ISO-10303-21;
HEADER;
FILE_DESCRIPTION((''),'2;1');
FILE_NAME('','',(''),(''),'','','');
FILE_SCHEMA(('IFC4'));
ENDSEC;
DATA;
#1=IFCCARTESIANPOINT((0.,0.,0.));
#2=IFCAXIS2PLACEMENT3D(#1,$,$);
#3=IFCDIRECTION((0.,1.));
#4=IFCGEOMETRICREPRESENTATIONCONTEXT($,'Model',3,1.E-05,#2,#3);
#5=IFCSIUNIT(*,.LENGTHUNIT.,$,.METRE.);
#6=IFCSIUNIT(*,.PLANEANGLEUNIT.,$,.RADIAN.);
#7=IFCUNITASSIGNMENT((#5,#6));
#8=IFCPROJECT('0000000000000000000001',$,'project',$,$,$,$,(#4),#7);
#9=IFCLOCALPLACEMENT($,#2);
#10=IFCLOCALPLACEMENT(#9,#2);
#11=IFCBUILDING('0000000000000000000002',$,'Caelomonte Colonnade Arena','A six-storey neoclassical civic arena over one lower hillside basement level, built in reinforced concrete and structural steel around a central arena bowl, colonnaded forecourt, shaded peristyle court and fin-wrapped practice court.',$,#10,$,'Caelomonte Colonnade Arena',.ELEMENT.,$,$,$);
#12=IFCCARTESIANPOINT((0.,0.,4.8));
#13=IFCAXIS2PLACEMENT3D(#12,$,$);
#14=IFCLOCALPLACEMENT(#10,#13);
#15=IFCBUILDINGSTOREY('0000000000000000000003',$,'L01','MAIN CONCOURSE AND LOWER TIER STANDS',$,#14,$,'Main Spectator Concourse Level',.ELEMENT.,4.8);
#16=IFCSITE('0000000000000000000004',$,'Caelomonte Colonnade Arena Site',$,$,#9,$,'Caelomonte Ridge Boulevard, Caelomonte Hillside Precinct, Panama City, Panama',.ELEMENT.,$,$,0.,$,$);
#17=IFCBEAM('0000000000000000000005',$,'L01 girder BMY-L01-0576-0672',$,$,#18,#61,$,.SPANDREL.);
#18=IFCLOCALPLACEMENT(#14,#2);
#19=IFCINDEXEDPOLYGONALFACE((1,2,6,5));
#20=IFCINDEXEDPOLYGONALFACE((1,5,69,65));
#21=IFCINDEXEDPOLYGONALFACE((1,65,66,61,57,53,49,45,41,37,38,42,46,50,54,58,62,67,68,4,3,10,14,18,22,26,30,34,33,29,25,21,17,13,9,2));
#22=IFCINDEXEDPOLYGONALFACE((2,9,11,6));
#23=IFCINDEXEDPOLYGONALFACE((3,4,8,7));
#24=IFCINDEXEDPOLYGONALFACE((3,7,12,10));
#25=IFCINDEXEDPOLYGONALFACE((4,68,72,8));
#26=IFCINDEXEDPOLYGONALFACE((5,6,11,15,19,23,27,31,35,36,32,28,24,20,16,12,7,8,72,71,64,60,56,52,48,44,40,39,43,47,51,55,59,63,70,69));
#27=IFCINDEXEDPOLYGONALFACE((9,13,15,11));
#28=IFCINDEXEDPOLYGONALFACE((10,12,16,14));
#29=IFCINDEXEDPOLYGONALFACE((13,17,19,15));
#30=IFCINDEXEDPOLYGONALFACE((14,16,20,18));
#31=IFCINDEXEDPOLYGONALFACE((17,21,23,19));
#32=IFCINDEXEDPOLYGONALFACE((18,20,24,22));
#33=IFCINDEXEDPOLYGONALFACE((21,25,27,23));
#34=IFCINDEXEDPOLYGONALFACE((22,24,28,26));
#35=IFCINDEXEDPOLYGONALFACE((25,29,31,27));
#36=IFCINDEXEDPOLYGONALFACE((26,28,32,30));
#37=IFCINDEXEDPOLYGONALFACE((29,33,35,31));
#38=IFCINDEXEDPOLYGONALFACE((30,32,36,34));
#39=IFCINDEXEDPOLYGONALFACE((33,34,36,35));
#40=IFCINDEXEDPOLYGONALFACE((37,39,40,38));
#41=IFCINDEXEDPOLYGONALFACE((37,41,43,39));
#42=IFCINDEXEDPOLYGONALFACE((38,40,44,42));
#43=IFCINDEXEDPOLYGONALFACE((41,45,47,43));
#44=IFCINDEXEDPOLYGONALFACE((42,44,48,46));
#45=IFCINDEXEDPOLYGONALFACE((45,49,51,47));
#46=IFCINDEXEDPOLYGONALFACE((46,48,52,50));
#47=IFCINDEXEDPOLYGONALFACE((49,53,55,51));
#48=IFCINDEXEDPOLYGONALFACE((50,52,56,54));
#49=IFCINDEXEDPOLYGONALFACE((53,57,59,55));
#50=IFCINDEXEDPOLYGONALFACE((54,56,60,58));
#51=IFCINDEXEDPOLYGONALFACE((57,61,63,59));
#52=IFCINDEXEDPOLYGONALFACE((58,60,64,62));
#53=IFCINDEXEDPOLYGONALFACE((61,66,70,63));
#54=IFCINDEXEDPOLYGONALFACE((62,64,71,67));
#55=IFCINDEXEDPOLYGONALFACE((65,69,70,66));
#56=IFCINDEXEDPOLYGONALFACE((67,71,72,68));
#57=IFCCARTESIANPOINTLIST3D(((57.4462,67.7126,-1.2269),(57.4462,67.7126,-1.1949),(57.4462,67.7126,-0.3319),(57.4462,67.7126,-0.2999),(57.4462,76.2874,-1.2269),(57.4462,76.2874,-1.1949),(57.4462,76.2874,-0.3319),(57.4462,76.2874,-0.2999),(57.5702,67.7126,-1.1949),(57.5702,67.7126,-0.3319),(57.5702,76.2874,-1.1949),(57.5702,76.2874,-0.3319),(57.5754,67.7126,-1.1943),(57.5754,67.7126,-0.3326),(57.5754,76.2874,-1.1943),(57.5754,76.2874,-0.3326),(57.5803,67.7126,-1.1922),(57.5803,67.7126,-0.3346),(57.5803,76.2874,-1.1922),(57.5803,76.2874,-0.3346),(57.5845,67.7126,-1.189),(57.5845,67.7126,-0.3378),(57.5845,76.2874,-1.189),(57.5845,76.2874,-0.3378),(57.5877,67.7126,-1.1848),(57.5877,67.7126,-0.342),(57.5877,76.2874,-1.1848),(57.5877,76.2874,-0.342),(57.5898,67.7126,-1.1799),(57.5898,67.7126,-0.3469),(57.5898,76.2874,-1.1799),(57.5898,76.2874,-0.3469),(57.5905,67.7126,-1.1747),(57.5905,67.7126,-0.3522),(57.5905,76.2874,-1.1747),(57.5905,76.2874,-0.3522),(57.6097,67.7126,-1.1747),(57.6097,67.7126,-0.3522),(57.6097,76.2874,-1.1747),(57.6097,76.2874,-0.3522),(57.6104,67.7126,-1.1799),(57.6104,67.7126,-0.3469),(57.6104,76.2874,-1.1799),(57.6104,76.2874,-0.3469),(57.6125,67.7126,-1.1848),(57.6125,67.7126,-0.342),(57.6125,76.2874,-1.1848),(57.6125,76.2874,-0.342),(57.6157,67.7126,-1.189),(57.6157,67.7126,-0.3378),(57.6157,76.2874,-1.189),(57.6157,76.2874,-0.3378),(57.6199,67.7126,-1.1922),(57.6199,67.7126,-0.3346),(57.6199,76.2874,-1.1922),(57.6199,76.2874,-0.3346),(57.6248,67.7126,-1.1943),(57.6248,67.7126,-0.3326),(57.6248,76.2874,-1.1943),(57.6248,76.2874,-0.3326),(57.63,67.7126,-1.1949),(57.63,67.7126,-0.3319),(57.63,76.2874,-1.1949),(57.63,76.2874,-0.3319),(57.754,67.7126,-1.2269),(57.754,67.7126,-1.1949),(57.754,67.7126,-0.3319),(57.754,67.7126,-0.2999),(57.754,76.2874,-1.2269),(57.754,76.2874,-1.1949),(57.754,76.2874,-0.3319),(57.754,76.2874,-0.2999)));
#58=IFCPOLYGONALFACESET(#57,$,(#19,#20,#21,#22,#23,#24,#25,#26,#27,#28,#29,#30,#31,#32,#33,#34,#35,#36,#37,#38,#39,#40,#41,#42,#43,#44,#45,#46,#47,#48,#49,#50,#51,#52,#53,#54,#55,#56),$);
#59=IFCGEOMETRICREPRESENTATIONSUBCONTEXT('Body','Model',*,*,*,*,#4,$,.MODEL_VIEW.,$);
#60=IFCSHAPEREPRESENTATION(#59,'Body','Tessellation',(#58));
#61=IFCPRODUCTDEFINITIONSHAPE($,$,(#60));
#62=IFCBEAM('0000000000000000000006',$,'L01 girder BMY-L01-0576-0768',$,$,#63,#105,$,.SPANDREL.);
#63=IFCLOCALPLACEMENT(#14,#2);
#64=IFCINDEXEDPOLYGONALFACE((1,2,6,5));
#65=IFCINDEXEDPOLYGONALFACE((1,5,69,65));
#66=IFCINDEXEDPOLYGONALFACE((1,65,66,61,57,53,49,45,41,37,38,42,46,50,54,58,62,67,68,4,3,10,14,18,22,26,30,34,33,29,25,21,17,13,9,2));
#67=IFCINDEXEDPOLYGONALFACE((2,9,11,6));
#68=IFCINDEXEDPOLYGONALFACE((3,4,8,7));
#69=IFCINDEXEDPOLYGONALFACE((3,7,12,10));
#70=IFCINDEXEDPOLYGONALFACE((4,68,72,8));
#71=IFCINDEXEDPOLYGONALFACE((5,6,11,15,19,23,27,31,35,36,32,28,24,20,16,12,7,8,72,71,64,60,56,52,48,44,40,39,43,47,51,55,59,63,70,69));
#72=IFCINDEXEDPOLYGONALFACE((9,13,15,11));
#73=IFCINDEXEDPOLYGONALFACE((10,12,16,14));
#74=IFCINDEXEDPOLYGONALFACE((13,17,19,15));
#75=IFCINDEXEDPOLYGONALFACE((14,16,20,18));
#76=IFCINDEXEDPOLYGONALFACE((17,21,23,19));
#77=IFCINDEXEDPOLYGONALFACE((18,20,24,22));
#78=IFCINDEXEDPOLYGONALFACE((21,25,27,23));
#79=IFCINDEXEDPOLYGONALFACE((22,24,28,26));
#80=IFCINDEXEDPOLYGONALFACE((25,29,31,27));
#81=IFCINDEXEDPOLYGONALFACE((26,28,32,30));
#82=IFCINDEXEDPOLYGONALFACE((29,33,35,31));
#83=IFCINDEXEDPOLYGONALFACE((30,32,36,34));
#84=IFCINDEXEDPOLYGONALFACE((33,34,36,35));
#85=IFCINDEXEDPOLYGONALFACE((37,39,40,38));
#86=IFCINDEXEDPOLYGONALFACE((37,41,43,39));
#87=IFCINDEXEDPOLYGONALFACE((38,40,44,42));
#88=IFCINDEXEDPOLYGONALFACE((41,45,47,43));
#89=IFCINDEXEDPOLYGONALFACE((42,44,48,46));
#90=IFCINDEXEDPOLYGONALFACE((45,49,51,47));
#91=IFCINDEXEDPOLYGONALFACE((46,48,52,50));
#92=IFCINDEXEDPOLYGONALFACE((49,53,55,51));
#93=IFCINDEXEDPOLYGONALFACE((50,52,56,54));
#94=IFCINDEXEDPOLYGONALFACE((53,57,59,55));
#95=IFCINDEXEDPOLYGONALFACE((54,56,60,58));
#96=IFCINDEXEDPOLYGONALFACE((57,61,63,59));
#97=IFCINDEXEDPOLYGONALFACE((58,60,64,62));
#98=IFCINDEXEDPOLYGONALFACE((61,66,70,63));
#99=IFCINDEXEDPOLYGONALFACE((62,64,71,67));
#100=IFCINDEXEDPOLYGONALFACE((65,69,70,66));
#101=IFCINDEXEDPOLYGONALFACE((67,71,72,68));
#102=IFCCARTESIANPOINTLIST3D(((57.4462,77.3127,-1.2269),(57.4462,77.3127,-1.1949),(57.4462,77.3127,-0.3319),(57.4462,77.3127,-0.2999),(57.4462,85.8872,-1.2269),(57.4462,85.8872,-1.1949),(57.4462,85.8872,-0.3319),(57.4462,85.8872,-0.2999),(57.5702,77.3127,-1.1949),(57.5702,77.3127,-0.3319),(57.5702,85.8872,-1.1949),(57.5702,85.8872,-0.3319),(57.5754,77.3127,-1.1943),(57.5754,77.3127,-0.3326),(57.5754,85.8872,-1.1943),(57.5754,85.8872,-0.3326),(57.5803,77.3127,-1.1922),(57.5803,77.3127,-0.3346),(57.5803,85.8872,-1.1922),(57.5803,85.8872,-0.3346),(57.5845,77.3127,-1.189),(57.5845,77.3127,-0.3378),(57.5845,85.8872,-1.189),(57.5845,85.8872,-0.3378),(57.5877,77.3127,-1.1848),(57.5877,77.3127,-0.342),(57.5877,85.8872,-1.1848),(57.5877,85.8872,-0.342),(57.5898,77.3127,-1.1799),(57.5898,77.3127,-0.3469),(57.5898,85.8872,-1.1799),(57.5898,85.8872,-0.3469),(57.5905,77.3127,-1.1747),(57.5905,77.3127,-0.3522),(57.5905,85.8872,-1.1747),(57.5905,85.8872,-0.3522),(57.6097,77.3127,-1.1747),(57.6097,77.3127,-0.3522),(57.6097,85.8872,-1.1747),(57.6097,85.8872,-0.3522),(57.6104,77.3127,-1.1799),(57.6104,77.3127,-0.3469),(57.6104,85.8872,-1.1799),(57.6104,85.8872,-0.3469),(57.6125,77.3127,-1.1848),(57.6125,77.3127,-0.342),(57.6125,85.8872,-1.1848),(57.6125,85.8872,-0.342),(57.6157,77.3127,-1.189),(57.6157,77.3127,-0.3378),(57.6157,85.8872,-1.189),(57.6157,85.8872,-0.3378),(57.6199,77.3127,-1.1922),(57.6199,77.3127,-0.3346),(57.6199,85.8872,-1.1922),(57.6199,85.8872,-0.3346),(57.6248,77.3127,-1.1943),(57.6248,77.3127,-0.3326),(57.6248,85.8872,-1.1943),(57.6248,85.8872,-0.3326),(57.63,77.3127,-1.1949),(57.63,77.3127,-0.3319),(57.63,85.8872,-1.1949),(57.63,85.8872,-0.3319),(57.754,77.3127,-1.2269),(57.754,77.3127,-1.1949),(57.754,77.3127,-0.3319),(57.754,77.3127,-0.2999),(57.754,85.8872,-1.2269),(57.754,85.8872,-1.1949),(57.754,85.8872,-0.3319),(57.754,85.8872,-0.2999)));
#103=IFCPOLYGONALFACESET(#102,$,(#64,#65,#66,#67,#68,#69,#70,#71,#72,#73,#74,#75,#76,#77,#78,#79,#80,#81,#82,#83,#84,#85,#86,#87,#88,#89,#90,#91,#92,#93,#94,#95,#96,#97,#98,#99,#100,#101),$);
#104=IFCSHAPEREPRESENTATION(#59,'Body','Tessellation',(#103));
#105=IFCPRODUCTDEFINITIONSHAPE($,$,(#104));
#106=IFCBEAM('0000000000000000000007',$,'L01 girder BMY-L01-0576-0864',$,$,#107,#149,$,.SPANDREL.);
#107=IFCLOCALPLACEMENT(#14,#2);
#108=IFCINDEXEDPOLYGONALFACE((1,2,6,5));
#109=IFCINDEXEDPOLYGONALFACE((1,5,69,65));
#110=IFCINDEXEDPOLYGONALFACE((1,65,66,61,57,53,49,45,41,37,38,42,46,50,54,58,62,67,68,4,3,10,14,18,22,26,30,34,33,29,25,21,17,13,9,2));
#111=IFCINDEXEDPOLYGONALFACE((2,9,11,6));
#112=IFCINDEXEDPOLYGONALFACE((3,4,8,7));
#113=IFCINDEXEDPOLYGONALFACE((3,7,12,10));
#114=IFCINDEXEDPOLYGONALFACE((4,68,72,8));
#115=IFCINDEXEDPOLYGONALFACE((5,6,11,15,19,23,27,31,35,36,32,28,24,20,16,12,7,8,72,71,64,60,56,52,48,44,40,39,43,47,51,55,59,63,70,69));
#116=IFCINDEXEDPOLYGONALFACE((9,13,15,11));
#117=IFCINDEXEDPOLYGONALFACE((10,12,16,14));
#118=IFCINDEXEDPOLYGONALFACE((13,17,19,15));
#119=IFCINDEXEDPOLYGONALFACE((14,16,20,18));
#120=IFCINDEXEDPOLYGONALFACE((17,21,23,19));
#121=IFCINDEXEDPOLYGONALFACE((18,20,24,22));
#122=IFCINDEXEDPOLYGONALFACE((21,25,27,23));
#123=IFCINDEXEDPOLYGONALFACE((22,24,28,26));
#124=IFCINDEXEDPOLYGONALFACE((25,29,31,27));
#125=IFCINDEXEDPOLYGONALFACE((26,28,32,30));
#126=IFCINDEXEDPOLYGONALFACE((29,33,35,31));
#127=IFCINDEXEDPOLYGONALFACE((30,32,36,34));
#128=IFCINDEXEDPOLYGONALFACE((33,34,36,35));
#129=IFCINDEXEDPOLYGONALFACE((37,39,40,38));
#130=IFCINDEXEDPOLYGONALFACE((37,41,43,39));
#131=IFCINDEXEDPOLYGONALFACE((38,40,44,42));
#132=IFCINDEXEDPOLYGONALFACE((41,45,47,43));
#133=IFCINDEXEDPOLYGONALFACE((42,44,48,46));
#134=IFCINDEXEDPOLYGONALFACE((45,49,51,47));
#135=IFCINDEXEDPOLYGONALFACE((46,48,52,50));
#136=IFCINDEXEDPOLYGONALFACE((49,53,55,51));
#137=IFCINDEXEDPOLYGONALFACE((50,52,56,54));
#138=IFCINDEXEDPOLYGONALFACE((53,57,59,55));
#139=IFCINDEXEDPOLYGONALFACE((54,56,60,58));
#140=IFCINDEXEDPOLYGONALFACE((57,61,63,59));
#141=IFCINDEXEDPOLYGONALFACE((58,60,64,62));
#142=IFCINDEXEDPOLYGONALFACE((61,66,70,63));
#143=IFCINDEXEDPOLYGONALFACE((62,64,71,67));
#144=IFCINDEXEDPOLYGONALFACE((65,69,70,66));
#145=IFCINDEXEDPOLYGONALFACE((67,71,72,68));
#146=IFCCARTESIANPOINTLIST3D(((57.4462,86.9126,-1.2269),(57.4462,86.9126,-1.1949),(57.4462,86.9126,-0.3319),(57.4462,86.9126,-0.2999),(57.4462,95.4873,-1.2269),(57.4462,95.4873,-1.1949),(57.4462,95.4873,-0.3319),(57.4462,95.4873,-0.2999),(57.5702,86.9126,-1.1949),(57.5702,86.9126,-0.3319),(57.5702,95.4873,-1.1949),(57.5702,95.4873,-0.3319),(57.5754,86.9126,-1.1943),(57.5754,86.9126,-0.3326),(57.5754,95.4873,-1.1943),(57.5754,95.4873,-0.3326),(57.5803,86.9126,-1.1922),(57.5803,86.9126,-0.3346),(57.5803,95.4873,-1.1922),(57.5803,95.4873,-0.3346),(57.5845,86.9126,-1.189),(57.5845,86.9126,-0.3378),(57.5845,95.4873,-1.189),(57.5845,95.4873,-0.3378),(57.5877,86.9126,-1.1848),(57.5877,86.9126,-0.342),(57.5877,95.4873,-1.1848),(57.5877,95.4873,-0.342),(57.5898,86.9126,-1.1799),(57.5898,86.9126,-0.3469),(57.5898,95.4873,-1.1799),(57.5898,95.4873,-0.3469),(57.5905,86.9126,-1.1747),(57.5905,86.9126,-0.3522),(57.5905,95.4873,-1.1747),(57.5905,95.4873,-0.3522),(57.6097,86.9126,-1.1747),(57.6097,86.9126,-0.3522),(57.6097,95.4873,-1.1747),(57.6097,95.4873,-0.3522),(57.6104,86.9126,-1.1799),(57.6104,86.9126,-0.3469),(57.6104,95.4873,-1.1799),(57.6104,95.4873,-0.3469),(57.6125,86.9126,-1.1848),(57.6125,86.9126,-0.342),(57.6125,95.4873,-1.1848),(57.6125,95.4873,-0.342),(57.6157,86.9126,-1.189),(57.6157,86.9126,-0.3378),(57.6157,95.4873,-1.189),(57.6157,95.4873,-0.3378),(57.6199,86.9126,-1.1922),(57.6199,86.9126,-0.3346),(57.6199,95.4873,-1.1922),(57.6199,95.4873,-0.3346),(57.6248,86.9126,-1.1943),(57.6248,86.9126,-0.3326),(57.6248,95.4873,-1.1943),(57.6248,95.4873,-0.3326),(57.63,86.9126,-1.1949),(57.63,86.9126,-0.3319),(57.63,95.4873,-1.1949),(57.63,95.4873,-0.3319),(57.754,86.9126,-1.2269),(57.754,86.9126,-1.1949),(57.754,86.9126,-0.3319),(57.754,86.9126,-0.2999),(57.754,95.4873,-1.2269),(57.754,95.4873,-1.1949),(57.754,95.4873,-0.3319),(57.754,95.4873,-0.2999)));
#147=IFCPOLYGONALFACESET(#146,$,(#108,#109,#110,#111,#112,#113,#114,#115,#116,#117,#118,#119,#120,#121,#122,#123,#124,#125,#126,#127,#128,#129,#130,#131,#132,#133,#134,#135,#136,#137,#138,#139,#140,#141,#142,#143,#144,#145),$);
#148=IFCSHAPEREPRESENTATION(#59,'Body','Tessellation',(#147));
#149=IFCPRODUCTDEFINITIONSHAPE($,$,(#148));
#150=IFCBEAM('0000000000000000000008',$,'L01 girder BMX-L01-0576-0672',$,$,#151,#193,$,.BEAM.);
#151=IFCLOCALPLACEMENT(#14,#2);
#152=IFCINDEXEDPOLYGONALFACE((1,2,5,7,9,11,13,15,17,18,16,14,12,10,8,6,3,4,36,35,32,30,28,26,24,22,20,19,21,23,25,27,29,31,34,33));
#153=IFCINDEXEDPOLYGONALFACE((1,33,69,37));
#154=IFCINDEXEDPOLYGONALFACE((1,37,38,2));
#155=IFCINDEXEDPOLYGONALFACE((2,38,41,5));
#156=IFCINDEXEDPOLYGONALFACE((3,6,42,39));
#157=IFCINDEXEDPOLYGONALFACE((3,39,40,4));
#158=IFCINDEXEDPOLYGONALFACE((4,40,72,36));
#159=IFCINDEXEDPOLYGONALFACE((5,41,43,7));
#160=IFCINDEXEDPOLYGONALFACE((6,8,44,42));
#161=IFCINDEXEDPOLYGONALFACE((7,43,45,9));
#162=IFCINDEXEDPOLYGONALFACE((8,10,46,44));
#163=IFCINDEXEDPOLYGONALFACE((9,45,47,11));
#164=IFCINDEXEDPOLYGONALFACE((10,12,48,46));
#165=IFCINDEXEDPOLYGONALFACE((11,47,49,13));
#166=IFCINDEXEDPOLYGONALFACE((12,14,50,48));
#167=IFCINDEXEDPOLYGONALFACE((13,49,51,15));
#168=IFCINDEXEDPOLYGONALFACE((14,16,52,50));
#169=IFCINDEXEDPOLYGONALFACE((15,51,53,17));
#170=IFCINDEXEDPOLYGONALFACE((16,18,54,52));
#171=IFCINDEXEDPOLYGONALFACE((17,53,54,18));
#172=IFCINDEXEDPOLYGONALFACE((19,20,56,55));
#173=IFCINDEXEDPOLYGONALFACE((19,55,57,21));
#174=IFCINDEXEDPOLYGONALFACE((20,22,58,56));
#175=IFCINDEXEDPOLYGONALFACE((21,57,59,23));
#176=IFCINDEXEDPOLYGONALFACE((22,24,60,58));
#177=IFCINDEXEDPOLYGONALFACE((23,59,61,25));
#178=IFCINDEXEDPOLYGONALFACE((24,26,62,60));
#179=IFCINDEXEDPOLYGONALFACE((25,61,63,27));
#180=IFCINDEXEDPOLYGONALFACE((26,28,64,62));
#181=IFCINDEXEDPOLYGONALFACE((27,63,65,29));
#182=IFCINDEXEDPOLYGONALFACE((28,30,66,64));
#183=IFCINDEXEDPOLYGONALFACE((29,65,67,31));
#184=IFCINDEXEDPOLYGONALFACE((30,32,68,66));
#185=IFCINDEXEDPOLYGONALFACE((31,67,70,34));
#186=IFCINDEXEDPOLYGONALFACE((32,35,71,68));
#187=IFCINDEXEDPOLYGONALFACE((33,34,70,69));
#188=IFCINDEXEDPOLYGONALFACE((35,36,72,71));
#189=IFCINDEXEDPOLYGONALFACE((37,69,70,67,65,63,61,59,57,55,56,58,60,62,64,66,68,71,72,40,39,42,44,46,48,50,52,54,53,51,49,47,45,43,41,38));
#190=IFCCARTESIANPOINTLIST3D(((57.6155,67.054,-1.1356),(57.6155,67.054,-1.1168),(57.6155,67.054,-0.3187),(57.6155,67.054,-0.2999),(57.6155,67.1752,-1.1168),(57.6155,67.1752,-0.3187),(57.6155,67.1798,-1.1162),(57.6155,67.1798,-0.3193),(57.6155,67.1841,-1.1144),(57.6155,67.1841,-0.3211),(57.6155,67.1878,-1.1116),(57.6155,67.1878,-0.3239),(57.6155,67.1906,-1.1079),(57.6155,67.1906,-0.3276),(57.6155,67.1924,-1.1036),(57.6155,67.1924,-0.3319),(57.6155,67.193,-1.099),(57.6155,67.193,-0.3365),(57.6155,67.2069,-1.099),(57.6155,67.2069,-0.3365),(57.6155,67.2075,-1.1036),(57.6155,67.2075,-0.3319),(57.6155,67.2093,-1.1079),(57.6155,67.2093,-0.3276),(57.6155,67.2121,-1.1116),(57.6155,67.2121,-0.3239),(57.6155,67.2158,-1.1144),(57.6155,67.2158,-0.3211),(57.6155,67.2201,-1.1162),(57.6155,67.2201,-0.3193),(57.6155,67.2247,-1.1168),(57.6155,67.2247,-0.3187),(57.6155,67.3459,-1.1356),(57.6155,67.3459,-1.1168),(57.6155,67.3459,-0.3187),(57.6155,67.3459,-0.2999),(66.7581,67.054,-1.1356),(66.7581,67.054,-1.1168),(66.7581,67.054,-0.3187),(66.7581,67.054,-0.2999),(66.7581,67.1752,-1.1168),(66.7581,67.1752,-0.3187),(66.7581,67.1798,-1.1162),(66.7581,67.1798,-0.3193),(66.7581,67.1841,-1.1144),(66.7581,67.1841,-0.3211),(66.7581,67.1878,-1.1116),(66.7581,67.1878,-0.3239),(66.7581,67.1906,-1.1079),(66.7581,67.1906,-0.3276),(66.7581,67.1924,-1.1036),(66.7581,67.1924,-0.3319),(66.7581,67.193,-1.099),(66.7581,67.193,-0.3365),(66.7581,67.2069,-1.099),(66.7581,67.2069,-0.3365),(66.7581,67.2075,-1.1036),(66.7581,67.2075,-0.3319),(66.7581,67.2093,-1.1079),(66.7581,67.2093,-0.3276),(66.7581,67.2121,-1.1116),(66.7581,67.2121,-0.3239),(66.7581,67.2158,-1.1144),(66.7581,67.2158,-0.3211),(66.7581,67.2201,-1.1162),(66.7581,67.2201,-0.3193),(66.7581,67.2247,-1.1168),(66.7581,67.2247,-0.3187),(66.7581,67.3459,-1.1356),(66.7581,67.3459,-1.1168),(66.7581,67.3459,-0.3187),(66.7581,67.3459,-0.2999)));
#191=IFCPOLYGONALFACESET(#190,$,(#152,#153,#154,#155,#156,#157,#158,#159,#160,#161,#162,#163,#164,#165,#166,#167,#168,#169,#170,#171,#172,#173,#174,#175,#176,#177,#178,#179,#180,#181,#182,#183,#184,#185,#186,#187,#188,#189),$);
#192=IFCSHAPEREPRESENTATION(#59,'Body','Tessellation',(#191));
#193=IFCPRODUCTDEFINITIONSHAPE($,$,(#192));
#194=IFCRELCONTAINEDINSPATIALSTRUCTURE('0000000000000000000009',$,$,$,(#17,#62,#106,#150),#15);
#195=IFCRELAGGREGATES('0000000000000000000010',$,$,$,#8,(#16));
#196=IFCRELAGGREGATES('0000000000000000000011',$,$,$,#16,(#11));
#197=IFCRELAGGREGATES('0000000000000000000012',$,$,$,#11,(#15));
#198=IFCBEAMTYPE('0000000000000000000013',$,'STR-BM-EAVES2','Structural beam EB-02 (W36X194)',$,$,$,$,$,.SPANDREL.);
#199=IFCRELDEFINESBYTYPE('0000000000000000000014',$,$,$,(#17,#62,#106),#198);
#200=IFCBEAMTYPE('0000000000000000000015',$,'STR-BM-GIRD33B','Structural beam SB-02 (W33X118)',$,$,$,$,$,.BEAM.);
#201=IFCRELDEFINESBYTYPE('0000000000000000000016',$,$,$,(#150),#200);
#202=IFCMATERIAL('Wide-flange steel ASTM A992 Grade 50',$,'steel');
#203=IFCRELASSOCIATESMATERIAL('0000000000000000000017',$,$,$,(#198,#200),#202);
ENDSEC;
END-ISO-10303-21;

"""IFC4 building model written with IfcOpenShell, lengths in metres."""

from ifc_helpers import new_model, si_unit, direction, frame, origin, origin_2d, place, context, subcontext, project, spatial, i_section, extrude, material, material_profile, profile_set, type_object, element, save


model = new_model("IFC4")

# Units and contexts
model_context = context("Model", 3, precision=1e-05, world=origin(), true_north=direction((0.0, 1.0)))
body_context = subcontext(model_context, "Body", "Model", "MODEL_VIEW")
ifc_project = project(units=[si_unit("LENGTHUNIT", "METRE"), si_unit("PLANEANGLEUNIT", "RADIAN")], contexts=[model_context])

# Site, building, storey
site_placement = place(None, origin())
site = spatial("IfcSite", under=ifc_project, at=site_placement, Name="Caelomonte Colonnade Arena Site", LongName="Caelomonte Ridge Boulevard, Caelomonte Hillside Precinct, Panama City, Panama", CompositionType="ELEMENT", RefElevation=0.0)
building_placement = place(site_placement, origin())
building = spatial("IfcBuilding", under=site, at=building_placement, Name="Caelomonte Colonnade Arena", Description="A six-storey neoclassical civic arena over one lower hillside basement level, built in reinforced concrete and structural steel around a central arena bowl, colonnaded forecourt, shaded peristyle court and fin-wrapped practice court.", LongName="Caelomonte Colonnade Arena", CompositionType="ELEMENT")
storey_placement = place(building_placement, frame((0.0, 0.0, 4.8)))
storey = spatial("IfcBuildingStorey", under=building, at=storey_placement, Name="L01", Description="MAIN CONCOURSE AND LOWER TIER STANDS", LongName="Main Spectator Concourse Level", CompositionType="ELEMENT", Elevation=4.8)

# Shared definitions
ifc_material_1 = material(Name="Wide-flange steel ASTM A992 Grade 50", Category="steel")

# Beams
ifc_material_profile_1 = material_profile(ifc_material_1, i_section(OverallWidth=0.3079, OverallDepth=0.927, WebThickness=0.0193, FlangeThickness=0.032, FilletRadius=0.0203, at=origin_2d()), Name="W36X194")
ifc_profile_set_1 = profile_set([ifc_material_profile_1], Name="Wide-flange steel ASTM A992 Grade 50")
beam_type_1 = type_object("IfcBeamType", Name="STR-BM-EAVES2", Description="Structural beam EB-02 (W36X194)", PredefinedType="SPANDREL", material=ifc_profile_set_1)
beam_1_placement = place(storey_placement, frame((57.6001, 67.7126, -0.7634), z_axis=(0.0, 1.0, 0.0), x_axis=(-1.0, 0.0, 0.0)))
element("IfcBeam", 1, at=beam_1_placement, inside=storey, type_object=beam_type_1, Name="L01 girder BMY-L01-0576-0672", PredefinedType="SPANDREL", context=body_context, shape_type="SweptSolid", body=[
    extrude(i_section(OverallWidth=0.3079, OverallDepth=0.927, WebThickness=0.0193, FlangeThickness=0.032, FilletRadius=0.0203, at=origin_2d()), origin(), (0.0, 0.0, 1.0), 8.5747),
])
beam_2_placement = place(storey_placement, frame((57.6001, 77.3127, -0.7634), z_axis=(0.0, 1.0, 0.0), x_axis=(-1.0, 0.0, 0.0)))
element("IfcBeam", 2, at=beam_2_placement, inside=storey, type_object=beam_type_1, Name="L01 girder BMY-L01-0576-0768", PredefinedType="SPANDREL", context=body_context, shape_type="SweptSolid", body=[
    extrude(i_section(OverallWidth=0.3079, OverallDepth=0.927, WebThickness=0.0193, FlangeThickness=0.032, FilletRadius=0.0203, at=origin_2d()), origin(), (0.0, 0.0, 1.0), 8.5745),
])
beam_3_placement = place(storey_placement, frame((57.6001, 86.9126, -0.7634), z_axis=(0.0, 1.0, 0.0), x_axis=(-1.0, 0.0, 0.0)))
element("IfcBeam", 3, at=beam_3_placement, inside=storey, type_object=beam_type_1, Name="L01 girder BMY-L01-0576-0864", PredefinedType="SPANDREL", context=body_context, shape_type="SweptSolid", body=[
    extrude(i_section(OverallWidth=0.3079, OverallDepth=0.927, WebThickness=0.0193, FlangeThickness=0.032, FilletRadius=0.0203, at=origin_2d()), origin(), (0.0, 0.0, 1.0), 8.5747),
])
ifc_material_profile_2 = material_profile(ifc_material_1, i_section(OverallWidth=0.292, OverallDepth=0.8357, WebThickness=0.0139, FlangeThickness=0.0188, FilletRadius=0.0178, at=origin_2d()), Name="W33X118")
ifc_profile_set_2 = profile_set([ifc_material_profile_2], Name="Wide-flange steel ASTM A992 Grade 50")
beam_type_2 = type_object("IfcBeamType", Name="STR-BM-GIRD33B", Description="Structural beam SB-02 (W33X118)", PredefinedType="BEAM", material=ifc_profile_set_2)
for number, where, z_axis, x_axis, name in (
    (4, (57.6155, 67.2, -0.7178), (1.0, 0.0, 0.0), (0.0, 1.0, 0.0), "L01 girder BMX-L01-0576-0672"),
):
    element("IfcBeam", number, at=place(storey_placement, frame(where, z_axis=z_axis, x_axis=x_axis)), inside=storey, type_object=beam_type_2, Name=name, PredefinedType="BEAM", context=body_context, shape_type="SweptSolid", body=[
        extrude(i_section(OverallWidth=0.292, OverallDepth=0.8357, WebThickness=0.0139, FlangeThickness=0.0188, FilletRadius=0.0178, at=origin_2d()), origin(), (0.0, 0.0, 1.0), 9.1426),
    ])

save(model, "model.ifc")
